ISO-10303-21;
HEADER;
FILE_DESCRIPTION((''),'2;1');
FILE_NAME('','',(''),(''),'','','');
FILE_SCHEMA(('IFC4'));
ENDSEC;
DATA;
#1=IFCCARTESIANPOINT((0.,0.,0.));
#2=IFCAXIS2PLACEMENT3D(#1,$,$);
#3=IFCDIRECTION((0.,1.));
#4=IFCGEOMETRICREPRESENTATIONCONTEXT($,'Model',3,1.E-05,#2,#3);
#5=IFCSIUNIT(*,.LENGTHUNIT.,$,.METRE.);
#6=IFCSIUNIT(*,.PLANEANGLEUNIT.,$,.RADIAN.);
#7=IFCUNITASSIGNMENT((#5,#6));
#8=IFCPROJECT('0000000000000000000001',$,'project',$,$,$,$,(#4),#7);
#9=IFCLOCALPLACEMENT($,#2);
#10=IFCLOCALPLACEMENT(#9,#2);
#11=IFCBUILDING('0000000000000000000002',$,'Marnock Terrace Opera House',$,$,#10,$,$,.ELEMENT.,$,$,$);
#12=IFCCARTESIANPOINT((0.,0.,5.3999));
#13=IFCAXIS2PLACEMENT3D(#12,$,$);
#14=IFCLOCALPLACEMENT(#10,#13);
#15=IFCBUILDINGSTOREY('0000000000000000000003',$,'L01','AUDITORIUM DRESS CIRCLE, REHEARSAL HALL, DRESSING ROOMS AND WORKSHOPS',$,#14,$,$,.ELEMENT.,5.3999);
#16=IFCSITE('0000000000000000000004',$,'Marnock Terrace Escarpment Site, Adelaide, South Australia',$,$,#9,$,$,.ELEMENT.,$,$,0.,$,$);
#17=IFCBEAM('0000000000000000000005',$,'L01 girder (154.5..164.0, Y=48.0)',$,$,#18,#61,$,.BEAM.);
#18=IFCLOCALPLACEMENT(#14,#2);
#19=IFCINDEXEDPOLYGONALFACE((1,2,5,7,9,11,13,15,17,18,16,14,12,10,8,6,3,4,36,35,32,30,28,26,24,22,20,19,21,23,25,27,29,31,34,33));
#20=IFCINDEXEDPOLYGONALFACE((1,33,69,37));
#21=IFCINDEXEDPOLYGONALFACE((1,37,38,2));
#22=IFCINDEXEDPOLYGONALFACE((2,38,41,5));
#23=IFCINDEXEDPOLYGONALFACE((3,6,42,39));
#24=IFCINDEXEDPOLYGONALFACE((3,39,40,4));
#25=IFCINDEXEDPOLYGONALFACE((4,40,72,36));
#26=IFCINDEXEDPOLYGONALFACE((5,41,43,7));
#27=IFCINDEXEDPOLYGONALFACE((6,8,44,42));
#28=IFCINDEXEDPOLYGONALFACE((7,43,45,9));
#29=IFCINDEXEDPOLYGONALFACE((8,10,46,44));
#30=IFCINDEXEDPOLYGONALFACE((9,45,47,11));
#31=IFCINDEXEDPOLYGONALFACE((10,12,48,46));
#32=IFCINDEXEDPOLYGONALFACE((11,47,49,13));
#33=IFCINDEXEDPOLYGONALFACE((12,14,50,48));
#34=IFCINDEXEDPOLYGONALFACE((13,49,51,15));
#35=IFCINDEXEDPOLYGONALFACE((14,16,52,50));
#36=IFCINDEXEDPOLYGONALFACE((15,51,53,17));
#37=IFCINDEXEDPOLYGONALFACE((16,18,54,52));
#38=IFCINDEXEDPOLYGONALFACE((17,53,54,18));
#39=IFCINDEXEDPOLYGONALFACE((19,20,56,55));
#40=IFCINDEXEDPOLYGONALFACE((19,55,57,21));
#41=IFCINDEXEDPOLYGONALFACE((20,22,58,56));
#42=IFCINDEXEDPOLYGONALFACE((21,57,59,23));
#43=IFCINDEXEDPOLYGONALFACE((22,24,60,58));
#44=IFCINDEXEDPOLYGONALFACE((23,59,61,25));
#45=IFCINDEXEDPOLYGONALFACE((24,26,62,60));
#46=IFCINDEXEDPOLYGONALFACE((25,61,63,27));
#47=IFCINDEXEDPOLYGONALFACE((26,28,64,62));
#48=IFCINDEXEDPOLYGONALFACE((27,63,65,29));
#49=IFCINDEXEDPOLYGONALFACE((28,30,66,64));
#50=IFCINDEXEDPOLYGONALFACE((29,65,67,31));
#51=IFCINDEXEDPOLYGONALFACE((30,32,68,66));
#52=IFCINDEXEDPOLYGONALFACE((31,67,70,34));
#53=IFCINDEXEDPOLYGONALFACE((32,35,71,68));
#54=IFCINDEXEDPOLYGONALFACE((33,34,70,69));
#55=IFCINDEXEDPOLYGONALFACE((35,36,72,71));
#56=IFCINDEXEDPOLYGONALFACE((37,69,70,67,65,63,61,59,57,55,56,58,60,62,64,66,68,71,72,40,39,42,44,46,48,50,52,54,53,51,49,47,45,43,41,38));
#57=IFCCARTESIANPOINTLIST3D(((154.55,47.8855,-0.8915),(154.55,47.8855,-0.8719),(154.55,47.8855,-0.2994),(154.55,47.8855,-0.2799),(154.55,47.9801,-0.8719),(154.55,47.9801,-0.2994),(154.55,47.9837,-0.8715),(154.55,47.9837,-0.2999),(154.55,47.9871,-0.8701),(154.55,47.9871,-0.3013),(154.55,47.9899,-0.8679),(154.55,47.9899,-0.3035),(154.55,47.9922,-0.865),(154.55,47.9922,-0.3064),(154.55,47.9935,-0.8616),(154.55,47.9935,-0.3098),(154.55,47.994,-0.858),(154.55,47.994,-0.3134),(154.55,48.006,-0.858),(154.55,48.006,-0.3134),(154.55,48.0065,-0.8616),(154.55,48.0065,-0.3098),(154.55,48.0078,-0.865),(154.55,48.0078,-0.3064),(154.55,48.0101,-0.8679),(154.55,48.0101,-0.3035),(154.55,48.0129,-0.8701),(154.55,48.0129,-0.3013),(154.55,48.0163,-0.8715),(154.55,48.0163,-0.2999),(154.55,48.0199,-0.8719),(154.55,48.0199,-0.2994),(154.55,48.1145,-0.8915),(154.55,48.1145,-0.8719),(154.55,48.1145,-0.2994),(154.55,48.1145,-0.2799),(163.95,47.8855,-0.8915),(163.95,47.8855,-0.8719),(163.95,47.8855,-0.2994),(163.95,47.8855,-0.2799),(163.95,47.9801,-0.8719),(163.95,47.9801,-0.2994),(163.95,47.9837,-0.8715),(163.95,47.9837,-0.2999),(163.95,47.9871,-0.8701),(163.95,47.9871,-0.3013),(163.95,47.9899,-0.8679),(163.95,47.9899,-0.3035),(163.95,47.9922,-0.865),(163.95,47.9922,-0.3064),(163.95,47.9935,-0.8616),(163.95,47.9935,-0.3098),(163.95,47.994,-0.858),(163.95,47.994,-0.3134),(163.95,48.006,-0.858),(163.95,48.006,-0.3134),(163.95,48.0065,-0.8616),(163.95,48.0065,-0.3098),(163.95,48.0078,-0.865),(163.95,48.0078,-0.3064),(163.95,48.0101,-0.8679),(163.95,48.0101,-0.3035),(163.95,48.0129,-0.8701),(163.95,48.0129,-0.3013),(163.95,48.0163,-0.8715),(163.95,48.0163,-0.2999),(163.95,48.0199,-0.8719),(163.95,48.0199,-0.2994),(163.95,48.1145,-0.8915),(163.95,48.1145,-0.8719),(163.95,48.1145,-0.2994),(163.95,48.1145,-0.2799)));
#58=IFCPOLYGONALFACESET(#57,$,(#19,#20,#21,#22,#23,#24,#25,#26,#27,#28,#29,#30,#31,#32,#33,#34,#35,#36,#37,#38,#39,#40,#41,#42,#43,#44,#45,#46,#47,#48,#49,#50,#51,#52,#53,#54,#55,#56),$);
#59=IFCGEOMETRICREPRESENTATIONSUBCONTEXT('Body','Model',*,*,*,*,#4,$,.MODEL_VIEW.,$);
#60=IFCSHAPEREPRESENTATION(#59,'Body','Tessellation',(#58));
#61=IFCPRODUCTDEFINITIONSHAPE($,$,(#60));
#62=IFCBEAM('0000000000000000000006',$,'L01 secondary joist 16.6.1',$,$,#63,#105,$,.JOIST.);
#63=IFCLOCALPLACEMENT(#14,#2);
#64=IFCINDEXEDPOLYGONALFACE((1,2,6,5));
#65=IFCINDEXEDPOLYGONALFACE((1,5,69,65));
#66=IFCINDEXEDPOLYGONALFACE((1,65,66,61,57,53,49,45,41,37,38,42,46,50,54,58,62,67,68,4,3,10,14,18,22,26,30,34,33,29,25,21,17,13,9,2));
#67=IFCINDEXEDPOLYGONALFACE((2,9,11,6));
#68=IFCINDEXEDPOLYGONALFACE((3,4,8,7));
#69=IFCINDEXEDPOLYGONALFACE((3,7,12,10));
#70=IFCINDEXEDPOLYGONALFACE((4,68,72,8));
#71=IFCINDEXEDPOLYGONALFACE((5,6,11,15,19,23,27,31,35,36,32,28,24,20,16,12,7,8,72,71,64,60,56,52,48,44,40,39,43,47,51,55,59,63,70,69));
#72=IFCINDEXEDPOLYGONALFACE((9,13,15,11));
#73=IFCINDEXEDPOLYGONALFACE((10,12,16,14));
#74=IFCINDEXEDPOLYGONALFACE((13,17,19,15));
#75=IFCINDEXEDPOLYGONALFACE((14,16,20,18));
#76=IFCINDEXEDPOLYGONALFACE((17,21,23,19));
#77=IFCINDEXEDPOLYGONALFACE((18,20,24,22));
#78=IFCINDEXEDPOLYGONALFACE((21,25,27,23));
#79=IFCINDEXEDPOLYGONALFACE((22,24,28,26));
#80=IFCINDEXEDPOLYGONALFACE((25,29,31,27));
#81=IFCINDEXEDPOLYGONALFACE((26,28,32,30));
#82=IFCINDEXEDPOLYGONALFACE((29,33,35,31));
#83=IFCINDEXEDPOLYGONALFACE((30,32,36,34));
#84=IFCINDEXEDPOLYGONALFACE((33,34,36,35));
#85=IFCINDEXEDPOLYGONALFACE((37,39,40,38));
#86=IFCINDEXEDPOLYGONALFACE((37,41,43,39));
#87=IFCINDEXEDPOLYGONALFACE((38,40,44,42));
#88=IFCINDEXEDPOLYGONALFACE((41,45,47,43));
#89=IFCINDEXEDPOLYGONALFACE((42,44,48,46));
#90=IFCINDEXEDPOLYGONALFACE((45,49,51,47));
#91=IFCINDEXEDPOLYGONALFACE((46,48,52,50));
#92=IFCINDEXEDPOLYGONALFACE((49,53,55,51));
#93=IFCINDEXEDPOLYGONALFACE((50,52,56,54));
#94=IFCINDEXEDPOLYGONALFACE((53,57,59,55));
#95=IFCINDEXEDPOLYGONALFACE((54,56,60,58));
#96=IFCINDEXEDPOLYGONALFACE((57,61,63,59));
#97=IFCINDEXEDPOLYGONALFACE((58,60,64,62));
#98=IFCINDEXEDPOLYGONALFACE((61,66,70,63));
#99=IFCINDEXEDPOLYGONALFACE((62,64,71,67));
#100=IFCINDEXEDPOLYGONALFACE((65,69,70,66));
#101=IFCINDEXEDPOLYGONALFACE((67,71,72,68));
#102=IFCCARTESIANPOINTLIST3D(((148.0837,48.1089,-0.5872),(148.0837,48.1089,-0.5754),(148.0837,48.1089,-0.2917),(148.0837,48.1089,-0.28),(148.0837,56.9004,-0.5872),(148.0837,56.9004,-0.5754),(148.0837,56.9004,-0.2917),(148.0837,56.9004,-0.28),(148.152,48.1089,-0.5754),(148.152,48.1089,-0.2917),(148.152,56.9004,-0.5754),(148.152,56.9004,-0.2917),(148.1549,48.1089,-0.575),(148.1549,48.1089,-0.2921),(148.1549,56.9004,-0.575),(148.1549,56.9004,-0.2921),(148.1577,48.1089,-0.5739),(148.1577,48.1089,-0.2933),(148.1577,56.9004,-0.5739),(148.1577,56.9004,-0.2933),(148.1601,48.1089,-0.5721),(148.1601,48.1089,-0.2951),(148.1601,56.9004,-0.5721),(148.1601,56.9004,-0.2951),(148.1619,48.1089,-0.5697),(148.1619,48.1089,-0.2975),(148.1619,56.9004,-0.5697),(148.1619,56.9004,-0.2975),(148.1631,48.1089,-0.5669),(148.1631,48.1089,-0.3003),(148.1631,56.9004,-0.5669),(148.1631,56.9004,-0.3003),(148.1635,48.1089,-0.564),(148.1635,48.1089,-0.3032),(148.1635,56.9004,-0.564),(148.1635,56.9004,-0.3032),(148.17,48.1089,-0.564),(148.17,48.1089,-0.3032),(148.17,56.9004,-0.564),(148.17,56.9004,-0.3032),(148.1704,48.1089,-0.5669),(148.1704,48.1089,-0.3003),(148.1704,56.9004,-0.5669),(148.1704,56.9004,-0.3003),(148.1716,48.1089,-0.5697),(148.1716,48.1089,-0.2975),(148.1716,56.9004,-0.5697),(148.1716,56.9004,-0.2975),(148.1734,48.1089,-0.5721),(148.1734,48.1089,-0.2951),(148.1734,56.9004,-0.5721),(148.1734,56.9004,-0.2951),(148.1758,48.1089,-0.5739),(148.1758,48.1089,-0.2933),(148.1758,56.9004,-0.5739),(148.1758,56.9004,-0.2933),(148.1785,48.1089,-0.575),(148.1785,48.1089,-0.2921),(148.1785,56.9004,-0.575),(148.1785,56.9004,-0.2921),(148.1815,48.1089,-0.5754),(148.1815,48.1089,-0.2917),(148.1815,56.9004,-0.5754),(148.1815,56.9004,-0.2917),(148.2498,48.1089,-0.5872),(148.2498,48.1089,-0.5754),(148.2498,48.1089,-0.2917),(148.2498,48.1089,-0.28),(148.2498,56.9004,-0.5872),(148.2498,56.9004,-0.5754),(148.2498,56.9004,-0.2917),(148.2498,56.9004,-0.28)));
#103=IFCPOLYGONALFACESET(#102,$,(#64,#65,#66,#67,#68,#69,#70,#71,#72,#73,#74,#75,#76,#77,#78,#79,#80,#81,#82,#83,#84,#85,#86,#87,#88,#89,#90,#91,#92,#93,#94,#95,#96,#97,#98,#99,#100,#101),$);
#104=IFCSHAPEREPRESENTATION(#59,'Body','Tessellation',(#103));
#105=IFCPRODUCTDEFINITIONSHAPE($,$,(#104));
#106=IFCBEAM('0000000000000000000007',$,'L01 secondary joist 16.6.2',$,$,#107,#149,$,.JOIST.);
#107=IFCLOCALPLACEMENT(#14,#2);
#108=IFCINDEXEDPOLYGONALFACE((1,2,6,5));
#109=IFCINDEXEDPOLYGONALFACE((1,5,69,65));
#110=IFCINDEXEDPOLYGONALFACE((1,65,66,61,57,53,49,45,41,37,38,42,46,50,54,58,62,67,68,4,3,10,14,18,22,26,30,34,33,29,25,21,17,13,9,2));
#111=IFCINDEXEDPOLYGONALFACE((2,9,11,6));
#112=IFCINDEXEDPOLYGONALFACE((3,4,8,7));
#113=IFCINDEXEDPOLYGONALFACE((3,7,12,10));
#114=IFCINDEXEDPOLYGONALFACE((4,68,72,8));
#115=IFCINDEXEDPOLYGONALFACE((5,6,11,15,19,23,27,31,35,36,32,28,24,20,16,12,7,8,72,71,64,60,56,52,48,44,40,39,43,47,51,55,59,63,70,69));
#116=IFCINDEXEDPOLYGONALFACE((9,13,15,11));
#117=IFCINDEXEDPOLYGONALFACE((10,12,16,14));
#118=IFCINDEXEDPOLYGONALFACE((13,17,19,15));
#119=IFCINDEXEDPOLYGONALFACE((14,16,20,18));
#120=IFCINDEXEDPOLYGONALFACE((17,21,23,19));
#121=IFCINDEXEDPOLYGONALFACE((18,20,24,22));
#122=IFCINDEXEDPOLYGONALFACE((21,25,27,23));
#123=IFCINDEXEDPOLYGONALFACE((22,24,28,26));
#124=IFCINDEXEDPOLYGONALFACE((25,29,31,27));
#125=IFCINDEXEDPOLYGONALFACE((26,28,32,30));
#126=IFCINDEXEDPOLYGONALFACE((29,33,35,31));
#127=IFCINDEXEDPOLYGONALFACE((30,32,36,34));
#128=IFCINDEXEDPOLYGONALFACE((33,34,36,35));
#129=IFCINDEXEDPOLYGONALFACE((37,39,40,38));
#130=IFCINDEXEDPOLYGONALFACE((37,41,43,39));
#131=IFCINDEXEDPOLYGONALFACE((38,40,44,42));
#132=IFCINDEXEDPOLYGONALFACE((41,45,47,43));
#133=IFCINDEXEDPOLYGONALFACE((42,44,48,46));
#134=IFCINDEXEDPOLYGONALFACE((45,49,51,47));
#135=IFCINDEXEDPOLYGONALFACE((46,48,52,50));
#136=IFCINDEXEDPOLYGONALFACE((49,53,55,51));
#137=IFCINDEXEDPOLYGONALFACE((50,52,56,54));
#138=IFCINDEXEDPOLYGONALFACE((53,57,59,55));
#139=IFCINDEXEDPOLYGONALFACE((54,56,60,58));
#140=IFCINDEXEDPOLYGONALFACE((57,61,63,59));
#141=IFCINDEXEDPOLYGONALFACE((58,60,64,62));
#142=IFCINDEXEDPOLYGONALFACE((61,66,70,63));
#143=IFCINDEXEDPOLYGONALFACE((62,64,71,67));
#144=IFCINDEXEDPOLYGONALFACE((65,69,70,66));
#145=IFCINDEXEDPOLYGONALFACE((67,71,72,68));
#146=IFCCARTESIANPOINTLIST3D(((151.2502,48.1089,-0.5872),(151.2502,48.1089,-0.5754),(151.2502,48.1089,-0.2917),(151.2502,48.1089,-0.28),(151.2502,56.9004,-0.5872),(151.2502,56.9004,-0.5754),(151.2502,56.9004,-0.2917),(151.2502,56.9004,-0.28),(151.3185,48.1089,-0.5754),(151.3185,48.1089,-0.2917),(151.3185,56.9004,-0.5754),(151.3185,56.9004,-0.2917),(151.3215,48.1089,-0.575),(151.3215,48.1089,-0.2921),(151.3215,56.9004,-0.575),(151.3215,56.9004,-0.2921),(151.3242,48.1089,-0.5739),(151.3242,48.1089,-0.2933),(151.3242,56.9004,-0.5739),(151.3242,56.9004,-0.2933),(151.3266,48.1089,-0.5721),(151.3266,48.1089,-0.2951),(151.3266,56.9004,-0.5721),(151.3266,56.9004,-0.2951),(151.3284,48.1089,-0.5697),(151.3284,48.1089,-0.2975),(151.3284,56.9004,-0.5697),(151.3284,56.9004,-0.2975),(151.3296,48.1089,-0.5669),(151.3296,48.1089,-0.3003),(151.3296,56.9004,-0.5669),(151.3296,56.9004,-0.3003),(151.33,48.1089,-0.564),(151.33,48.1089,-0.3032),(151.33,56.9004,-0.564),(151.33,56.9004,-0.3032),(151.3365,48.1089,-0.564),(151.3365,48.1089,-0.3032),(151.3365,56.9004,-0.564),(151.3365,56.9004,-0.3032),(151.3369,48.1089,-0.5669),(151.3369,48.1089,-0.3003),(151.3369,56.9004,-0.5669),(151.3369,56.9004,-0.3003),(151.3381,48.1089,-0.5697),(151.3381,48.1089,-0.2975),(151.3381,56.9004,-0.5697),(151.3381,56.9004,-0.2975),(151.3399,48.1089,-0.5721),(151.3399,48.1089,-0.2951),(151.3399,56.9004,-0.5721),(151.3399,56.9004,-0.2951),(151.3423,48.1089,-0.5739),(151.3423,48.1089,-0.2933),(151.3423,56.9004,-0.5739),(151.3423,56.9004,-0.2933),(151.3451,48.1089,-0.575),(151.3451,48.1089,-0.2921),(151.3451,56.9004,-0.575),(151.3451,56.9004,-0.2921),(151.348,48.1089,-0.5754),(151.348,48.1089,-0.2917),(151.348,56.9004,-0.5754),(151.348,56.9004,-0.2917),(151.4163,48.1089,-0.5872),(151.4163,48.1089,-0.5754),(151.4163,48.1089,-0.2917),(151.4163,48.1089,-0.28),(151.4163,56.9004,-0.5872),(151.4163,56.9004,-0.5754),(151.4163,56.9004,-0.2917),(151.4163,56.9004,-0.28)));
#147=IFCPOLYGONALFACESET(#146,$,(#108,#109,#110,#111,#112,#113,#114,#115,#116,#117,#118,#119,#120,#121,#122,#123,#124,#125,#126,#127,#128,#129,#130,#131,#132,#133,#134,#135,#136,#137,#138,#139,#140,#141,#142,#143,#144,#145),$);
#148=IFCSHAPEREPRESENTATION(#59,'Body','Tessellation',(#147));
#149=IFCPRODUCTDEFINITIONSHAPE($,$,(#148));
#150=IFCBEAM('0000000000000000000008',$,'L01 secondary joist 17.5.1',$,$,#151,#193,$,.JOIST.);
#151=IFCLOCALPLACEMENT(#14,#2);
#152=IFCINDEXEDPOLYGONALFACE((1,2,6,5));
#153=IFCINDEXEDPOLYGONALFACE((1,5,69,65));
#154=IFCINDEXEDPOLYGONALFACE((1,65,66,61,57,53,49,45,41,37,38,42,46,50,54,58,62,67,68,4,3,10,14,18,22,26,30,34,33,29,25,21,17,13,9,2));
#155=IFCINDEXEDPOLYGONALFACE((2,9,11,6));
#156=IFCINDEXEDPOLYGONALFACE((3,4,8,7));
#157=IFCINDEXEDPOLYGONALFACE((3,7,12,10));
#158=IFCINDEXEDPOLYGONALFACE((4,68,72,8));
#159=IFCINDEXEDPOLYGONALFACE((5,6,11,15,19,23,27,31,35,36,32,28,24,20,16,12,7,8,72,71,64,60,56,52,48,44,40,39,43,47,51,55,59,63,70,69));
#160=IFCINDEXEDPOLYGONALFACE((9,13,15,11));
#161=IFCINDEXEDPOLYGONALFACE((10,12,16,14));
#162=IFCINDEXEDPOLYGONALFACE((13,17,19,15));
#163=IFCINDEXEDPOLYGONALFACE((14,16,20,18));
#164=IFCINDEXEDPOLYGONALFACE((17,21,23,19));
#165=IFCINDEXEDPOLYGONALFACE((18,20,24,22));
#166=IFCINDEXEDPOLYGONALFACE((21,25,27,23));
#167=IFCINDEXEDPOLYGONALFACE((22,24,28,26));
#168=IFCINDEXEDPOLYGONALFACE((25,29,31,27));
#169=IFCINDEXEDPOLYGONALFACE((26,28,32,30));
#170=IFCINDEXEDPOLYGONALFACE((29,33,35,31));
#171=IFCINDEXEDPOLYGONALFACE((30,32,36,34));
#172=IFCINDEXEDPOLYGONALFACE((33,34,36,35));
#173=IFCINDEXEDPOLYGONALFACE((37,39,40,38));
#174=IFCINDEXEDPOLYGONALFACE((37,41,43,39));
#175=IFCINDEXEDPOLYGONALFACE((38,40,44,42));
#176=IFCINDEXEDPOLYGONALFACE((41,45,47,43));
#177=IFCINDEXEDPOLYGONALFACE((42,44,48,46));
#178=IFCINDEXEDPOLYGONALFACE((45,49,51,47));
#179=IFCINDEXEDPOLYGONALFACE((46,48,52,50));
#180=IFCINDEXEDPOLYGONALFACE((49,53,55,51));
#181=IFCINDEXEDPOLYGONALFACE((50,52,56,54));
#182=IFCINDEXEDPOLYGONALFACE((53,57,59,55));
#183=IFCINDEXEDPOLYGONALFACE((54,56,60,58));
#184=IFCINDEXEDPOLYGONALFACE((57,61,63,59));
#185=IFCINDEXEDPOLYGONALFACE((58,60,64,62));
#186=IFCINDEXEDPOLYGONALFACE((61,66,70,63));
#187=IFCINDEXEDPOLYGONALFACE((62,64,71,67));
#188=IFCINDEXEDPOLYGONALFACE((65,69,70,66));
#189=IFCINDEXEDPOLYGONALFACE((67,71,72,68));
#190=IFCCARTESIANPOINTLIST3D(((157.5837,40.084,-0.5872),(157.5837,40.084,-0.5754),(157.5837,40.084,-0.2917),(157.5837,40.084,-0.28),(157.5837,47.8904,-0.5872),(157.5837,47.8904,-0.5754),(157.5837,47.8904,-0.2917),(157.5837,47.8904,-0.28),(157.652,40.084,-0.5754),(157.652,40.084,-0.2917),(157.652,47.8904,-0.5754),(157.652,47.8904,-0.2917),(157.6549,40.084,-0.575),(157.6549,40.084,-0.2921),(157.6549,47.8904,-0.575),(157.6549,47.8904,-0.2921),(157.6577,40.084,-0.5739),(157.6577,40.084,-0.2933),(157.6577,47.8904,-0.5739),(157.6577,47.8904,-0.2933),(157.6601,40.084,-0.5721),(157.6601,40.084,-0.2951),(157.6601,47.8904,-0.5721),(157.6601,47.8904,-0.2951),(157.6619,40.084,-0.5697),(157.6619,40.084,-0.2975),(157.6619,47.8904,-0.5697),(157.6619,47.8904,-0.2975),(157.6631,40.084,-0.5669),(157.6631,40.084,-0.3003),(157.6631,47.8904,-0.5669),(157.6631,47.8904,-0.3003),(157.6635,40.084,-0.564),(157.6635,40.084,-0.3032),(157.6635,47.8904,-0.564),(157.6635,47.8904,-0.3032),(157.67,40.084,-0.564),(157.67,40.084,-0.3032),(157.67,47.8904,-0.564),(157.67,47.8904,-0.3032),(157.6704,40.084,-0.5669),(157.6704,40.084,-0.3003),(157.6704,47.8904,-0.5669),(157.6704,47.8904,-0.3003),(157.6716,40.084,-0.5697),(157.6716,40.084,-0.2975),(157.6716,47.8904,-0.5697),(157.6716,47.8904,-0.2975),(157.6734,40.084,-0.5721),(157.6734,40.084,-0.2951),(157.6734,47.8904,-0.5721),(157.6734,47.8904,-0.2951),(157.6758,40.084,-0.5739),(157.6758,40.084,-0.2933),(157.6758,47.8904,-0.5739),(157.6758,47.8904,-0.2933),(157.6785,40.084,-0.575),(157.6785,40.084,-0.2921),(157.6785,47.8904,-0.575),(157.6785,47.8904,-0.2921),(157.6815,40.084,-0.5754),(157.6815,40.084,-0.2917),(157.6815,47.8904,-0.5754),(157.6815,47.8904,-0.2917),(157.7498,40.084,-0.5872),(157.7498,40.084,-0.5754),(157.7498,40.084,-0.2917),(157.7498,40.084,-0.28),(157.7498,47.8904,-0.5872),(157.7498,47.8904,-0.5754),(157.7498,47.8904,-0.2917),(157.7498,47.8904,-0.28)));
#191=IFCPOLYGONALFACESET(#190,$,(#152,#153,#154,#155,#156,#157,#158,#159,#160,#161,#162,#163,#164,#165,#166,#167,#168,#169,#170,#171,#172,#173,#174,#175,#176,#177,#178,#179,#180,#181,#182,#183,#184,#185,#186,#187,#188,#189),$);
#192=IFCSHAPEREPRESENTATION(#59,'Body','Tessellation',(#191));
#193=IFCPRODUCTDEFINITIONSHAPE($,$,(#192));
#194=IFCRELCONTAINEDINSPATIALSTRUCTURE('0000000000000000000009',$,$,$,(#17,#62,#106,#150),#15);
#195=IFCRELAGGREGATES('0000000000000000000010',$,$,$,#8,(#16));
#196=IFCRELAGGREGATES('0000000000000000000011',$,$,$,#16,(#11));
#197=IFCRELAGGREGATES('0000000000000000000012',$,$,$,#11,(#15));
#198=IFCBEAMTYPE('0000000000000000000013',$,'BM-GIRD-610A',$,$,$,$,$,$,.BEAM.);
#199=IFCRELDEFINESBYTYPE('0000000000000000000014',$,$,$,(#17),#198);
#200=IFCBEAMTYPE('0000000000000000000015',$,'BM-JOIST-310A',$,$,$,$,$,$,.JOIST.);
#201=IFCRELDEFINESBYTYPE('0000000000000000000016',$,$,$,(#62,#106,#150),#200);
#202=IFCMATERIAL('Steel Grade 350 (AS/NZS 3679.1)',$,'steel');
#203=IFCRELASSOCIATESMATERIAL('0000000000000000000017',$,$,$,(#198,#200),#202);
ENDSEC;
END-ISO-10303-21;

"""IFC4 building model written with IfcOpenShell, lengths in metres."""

from ifc_helpers import new_model, si_unit, direction, frame, origin, origin_2d, place, context, subcontext, project, spatial, i_section, extrude, material, material_profile, profile_set, type_object, element, save


model = new_model("IFC4")

# Units and contexts
model_context = context("Model", 3, precision=1e-05, world=origin(), true_north=direction((0.0, 1.0)))
body_context = subcontext(model_context, "Body", "Model", "MODEL_VIEW")
ifc_project = project(units=[si_unit("LENGTHUNIT", "METRE"), si_unit("PLANEANGLEUNIT", "RADIAN")], contexts=[model_context])

# Site, building, storey
site_placement = place(None, origin())
site = spatial("IfcSite", under=ifc_project, at=site_placement, Name="Marnock Terrace Escarpment Site, Adelaide, South Australia", CompositionType="ELEMENT", RefElevation=0.0)
building_placement = place(site_placement, origin())
building = spatial("IfcBuilding", under=site, at=building_placement, Name="Marnock Terrace Opera House", CompositionType="ELEMENT")
storey_placement = place(building_placement, frame((0.0, 0.0, 5.3999)))
storey = spatial("IfcBuildingStorey", under=building, at=storey_placement, Name="L01", Description="AUDITORIUM DRESS CIRCLE, REHEARSAL HALL, DRESSING ROOMS AND WORKSHOPS", CompositionType="ELEMENT", Elevation=5.3999)

# Beams
ifc_material_1 = material(Name="Steel Grade 350 (AS/NZS 3679.1)", Category="steel")
ifc_material_profile_1 = material_profile(ifc_material_1, i_section(OverallWidth=0.229, OverallDepth=0.6116, WebThickness=0.012, FlangeThickness=0.0195, FilletRadius=0.0139, at=origin_2d()))
ifc_profile_set_1 = profile_set([ifc_material_profile_1], Name="Steel Grade 350 (AS/NZS 3679.1)")
beam_type_1 = type_object("IfcBeamType", Name="BM-GIRD-610A", PredefinedType="BEAM", material=ifc_profile_set_1)
beam_1_placement = place(storey_placement, frame((154.55, 48.0, -0.5857), z_axis=(1.0, 0.0, 0.0), x_axis=(0.0, 1.0, 0.0)))
element("IfcBeam", 1, at=beam_1_placement, inside=storey, type_object=beam_type_1, Name="L01 girder (154.5..164.0, Y=48.0)", PredefinedType="BEAM", context=body_context, shape_type="SweptSolid", body=[
    extrude(i_section(OverallWidth=0.229, OverallDepth=0.6116, WebThickness=0.012, FlangeThickness=0.0195, FilletRadius=0.0139, at=origin_2d()), origin(), (0.0, 0.0, 1.0), 9.3999),
])
ifc_material_profile_2 = material_profile(ifc_material_1, i_section(OverallWidth=0.166, OverallDepth=0.3071, WebThickness=0.0066, FlangeThickness=0.0117, FilletRadius=0.0115, at=origin_2d()))
ifc_profile_set_2 = profile_set([ifc_material_profile_2], Name="Steel Grade 350 (AS/NZS 3679.1)")
beam_type_2 = type_object("IfcBeamType", Name="BM-JOIST-310A", PredefinedType="JOIST", material=ifc_profile_set_2)
for number, where, z_axis, x_axis, name in (
    (2, (148.1667, 48.1089, -0.4336), (0.0, 1.0, 0.0), (-1.0, 0.0, 0.0), "L01 secondary joist 16.6.1"),
    (3, (151.3333, 48.1089, -0.4336), (0.0, 1.0, 0.0), (-1.0, 0.0, 0.0), "L01 secondary joist 16.6.2"),
):
    element("IfcBeam", number, at=place(storey_placement, frame(where, z_axis=z_axis, x_axis=x_axis)), inside=storey, type_object=beam_type_2, Name=name, PredefinedType="JOIST", context=body_context, shape_type="SweptSolid", body=[
        extrude(i_section(OverallWidth=0.166, OverallDepth=0.3071, WebThickness=0.0066, FlangeThickness=0.0117, FilletRadius=0.0115, at=origin_2d()), origin(), (0.0, 0.0, 1.0), 8.7915),
    ])
for number, where, z_axis, x_axis, name in (
    (4, (157.6667, 40.084, -0.4336), (0.0, 1.0, 0.0), (-1.0, 0.0, 0.0), "L01 secondary joist 17.5.1"),
):
    element("IfcBeam", number, at=place(storey_placement, frame(where, z_axis=z_axis, x_axis=x_axis)), inside=storey, type_object=beam_type_2, Name=name, PredefinedType="JOIST", context=body_context, shape_type="SweptSolid", body=[
        extrude(i_section(OverallWidth=0.166, OverallDepth=0.3071, WebThickness=0.0066, FlangeThickness=0.0117, FilletRadius=0.0115, at=origin_2d()), origin(), (0.0, 0.0, 1.0), 7.8064),
    ])

save(model, "model.ifc")
